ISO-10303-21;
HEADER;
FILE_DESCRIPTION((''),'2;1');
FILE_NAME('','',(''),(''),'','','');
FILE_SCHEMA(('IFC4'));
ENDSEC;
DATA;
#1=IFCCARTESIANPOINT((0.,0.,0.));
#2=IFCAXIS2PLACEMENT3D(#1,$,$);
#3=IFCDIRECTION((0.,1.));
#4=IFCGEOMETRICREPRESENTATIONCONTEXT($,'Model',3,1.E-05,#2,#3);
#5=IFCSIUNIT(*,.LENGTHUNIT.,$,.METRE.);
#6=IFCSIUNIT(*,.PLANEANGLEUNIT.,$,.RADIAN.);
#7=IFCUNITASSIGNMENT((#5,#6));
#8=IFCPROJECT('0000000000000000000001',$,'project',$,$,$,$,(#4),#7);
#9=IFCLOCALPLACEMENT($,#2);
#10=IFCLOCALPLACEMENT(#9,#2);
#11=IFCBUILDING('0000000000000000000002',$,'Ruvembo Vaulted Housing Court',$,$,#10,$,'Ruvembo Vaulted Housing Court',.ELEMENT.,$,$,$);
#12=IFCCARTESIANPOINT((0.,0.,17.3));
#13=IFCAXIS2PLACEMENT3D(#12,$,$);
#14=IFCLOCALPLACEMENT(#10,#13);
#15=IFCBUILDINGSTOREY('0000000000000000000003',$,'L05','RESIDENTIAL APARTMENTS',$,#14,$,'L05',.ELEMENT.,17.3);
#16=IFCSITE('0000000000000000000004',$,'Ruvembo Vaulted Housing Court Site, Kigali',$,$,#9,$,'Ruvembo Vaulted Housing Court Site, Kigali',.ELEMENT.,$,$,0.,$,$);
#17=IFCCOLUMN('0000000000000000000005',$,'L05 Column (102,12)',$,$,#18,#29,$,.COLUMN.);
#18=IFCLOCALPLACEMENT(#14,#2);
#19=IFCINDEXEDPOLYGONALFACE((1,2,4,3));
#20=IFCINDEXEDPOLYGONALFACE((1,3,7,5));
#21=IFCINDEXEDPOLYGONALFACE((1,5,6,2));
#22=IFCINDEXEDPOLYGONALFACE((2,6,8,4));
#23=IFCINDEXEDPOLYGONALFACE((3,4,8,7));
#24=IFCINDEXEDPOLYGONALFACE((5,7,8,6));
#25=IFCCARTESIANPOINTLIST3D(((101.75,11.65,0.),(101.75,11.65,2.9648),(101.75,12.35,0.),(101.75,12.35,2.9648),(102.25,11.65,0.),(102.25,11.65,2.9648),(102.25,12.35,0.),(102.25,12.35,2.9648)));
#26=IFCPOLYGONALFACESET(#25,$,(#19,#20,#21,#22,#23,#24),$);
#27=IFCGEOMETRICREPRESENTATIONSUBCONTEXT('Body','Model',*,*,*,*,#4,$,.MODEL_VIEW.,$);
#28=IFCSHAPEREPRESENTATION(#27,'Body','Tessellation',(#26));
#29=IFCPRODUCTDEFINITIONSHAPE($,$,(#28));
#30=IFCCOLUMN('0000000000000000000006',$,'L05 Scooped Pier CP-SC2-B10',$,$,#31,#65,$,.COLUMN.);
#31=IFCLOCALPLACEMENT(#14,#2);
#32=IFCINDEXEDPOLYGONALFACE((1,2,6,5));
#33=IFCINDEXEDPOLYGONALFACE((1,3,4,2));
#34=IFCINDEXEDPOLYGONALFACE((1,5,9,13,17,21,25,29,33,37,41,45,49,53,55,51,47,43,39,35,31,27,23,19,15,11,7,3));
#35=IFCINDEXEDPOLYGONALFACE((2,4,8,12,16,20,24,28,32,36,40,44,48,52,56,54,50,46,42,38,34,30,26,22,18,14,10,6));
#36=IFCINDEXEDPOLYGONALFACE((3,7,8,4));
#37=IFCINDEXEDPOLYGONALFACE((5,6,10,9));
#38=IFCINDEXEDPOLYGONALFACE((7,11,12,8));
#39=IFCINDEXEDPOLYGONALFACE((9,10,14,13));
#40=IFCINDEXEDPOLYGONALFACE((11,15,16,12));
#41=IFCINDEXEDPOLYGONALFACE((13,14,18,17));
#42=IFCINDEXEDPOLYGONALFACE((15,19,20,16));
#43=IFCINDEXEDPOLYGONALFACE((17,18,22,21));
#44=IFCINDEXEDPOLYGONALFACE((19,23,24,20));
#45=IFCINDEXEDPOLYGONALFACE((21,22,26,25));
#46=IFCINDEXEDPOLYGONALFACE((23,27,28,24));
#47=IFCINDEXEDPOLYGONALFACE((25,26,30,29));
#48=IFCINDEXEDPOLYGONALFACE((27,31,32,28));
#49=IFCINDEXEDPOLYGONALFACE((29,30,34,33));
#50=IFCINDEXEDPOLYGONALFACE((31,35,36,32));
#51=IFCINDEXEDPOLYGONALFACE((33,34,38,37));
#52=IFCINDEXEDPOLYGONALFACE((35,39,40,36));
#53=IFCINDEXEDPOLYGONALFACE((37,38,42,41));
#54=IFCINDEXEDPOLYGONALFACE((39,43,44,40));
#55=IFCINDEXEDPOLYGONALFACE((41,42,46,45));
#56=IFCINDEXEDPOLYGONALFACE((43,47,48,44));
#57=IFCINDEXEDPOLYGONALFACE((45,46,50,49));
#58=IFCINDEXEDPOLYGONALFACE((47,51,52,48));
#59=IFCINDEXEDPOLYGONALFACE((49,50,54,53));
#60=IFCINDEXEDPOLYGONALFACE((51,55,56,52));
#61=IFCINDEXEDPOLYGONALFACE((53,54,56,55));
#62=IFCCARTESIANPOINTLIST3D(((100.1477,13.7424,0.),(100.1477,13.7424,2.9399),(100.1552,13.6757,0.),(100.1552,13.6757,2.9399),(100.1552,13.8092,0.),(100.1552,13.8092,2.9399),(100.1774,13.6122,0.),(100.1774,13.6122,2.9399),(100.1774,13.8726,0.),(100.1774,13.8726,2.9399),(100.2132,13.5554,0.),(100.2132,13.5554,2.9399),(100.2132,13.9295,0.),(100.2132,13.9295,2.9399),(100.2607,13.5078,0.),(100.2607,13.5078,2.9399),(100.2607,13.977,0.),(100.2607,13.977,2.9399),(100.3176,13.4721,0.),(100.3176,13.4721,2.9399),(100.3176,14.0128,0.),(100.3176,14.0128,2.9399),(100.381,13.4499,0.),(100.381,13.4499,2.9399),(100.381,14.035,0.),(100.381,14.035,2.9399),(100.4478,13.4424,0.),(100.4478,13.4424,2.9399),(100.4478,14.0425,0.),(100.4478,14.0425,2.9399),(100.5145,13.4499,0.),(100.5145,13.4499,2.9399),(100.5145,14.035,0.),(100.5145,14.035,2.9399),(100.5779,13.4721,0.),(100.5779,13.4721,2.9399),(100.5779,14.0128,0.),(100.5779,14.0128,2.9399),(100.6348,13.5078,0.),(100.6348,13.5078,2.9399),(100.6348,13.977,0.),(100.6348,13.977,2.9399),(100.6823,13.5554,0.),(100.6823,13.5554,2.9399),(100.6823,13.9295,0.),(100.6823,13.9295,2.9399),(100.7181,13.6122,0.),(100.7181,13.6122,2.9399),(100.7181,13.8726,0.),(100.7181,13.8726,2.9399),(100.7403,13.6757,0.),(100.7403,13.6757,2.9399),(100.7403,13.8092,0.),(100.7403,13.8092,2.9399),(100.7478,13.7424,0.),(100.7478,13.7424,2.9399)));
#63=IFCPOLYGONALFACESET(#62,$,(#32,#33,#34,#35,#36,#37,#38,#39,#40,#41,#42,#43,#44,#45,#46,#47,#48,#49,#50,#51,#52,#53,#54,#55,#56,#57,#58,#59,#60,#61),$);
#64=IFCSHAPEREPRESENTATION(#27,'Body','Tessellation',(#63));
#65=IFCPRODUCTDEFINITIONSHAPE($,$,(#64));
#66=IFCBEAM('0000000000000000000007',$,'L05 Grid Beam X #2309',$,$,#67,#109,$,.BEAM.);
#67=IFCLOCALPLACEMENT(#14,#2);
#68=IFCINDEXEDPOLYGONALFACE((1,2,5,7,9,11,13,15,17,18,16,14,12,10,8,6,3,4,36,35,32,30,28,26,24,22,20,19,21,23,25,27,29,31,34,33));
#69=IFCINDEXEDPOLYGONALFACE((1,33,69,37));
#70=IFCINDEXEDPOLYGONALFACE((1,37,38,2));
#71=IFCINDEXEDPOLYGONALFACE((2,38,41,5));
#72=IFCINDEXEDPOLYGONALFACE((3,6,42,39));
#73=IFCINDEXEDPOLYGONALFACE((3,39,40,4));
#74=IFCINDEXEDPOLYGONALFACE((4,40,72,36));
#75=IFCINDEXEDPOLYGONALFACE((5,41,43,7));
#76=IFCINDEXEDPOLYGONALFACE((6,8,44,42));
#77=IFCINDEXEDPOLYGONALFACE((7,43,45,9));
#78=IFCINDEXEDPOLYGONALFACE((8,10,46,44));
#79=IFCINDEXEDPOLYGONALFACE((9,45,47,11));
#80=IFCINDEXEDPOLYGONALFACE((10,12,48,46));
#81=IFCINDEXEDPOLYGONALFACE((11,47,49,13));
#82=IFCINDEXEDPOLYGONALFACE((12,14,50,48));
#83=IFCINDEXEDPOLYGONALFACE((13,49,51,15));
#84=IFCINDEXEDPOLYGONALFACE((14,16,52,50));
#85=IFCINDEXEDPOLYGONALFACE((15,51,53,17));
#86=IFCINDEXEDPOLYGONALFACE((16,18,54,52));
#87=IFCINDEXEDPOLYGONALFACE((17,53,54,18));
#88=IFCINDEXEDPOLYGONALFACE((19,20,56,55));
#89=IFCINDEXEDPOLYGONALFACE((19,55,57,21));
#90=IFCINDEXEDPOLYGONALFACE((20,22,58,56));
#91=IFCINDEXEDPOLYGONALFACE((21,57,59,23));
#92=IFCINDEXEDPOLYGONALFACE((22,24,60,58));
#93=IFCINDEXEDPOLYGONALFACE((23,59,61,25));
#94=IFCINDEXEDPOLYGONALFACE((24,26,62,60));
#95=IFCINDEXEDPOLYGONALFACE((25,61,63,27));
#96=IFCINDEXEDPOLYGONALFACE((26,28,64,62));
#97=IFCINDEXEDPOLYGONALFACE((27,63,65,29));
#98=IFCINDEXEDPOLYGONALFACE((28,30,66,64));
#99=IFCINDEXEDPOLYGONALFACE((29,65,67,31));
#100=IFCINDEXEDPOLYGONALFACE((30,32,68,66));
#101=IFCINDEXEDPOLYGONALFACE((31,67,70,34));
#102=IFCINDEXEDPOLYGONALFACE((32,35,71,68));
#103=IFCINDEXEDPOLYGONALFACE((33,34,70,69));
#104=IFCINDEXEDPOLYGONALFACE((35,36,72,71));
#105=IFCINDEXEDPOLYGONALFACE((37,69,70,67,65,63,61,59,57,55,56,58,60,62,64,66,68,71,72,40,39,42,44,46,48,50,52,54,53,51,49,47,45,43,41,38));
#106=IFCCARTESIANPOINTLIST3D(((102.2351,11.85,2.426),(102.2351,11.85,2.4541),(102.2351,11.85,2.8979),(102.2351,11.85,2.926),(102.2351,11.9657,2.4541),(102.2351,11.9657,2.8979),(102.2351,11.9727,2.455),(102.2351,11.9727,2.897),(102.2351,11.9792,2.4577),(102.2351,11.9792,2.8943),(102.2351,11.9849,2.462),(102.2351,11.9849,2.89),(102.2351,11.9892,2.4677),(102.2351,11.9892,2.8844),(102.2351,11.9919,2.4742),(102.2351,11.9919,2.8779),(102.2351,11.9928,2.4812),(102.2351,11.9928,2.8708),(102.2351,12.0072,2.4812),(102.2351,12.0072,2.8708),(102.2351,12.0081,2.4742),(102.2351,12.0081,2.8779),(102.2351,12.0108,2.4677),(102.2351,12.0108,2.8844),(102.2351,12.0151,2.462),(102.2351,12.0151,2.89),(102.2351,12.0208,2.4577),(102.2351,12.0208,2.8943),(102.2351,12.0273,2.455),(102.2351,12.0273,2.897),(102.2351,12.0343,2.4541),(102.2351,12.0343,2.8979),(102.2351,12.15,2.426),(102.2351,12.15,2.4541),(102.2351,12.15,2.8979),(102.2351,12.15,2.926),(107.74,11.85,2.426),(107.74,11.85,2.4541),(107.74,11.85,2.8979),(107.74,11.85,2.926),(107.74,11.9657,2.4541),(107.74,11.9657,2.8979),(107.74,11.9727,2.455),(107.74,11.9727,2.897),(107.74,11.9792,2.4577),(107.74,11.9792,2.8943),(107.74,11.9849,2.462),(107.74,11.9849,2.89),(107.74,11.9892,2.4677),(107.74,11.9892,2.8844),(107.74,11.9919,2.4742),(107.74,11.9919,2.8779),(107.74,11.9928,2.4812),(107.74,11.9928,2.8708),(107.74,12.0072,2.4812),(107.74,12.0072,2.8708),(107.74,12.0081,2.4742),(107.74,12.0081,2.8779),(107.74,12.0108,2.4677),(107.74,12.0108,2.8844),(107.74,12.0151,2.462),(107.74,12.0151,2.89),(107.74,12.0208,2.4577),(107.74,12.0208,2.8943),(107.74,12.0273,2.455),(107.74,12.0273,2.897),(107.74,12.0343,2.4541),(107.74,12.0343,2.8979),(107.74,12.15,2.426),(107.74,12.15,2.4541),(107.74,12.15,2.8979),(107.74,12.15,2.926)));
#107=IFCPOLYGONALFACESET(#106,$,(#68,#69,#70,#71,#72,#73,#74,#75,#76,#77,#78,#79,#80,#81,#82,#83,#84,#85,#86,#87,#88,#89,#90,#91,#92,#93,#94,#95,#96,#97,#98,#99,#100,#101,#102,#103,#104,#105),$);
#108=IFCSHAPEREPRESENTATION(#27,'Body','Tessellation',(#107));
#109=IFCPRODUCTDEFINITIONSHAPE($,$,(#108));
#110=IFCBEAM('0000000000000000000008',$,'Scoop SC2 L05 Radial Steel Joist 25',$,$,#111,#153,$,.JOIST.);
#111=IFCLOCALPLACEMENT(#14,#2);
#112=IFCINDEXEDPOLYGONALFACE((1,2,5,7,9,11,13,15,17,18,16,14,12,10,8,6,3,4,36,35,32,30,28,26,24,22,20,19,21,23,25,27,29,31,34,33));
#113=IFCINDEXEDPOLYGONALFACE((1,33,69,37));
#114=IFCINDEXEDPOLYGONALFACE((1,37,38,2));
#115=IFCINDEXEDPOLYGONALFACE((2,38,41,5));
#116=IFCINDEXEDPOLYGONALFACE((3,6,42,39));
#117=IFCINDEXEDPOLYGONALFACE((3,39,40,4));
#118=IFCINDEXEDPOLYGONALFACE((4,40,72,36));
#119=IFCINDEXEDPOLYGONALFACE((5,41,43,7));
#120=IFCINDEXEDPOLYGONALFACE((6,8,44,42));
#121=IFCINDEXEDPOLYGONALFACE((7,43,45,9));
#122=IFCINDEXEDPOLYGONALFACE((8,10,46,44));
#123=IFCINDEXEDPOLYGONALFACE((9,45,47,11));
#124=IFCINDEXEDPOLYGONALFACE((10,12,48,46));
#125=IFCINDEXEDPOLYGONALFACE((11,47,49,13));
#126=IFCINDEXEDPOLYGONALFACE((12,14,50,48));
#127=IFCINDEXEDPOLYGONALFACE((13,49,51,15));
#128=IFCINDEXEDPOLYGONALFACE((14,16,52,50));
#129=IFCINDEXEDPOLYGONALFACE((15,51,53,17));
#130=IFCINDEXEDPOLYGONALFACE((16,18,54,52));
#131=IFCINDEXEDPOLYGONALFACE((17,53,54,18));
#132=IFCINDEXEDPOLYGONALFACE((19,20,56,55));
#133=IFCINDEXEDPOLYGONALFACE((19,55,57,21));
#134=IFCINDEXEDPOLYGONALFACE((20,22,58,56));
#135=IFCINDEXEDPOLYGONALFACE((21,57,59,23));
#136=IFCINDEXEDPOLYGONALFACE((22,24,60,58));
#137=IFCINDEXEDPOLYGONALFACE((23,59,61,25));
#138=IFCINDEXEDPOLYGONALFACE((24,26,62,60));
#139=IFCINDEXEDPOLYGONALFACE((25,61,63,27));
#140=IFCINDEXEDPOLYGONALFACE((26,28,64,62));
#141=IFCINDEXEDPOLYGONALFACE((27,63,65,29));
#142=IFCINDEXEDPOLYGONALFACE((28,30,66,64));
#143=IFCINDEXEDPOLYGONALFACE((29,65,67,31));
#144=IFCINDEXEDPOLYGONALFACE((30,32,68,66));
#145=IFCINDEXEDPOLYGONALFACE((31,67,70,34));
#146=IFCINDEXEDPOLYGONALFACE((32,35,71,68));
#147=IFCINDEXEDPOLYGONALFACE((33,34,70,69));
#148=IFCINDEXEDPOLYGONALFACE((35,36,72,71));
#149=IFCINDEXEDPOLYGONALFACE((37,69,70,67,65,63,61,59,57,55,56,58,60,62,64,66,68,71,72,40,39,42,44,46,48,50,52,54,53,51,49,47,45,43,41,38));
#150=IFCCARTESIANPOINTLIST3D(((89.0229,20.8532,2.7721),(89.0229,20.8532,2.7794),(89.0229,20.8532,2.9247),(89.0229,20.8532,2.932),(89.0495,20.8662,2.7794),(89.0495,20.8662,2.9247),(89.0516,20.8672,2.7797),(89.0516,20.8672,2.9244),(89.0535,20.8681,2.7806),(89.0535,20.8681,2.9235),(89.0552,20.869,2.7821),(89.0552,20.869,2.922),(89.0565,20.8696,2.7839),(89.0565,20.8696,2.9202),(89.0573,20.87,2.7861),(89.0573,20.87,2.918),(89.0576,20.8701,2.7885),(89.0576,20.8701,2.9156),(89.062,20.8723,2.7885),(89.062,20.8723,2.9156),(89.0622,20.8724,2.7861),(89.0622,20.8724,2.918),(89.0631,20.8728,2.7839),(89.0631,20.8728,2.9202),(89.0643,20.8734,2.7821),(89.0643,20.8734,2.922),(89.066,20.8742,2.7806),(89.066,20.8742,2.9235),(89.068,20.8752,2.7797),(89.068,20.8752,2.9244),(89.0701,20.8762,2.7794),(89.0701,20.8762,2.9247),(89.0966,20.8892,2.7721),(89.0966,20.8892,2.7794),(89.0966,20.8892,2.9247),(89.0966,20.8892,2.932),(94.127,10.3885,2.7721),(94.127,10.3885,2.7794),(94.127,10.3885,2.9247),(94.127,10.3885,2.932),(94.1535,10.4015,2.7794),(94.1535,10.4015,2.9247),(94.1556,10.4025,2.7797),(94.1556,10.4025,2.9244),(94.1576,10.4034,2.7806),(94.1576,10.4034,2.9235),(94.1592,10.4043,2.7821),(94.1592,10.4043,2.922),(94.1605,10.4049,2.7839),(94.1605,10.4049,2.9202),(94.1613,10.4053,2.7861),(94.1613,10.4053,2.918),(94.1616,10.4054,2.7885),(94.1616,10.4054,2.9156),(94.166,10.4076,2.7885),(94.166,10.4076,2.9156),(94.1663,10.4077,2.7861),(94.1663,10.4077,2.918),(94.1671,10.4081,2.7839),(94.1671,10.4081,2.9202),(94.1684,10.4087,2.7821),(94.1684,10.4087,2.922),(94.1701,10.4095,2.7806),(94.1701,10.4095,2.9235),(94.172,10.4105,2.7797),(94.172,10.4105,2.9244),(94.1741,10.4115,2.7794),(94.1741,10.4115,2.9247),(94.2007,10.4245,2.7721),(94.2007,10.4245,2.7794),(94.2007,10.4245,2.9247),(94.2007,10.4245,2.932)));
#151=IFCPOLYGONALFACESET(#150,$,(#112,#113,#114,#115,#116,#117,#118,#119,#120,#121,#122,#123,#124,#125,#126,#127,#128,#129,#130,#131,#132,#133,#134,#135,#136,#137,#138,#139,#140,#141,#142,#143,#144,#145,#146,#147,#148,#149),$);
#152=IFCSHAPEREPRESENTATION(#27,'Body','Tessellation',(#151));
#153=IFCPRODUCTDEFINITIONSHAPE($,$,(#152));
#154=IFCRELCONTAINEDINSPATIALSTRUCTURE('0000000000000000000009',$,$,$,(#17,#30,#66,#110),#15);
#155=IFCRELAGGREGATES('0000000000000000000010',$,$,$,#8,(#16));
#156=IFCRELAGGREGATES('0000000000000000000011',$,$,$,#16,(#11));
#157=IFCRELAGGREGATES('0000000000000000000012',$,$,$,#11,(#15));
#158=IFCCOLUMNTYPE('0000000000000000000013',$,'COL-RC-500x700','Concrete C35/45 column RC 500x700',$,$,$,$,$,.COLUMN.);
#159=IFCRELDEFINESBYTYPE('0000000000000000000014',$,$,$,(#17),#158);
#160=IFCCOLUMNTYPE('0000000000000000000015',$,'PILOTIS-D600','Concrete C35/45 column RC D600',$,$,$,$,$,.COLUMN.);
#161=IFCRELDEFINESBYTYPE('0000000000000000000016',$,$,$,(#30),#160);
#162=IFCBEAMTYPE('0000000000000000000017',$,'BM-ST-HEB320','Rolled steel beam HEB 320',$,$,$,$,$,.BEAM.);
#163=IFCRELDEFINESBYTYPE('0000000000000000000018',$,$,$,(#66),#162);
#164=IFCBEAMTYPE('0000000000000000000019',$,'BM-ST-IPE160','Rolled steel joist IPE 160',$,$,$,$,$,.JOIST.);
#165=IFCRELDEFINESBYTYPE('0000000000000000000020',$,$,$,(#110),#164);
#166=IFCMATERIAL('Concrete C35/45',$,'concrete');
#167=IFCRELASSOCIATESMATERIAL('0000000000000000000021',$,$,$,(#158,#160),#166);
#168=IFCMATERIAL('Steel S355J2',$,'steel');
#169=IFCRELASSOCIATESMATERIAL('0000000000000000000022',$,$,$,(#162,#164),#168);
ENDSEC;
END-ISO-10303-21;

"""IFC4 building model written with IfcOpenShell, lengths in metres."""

from ifc_helpers import new_model, si_unit, direction, frame, origin, origin_2d, place, context, subcontext, project, spatial, rectangle, circle, i_section, extrude, material, material_profile, profile_set, type_object, element, save


model = new_model("IFC4")

# Units and contexts
model_context = context("Model", 3, precision=1e-05, world=origin(), true_north=direction((0.0, 1.0)))
body_context = subcontext(model_context, "Body", "Model", "MODEL_VIEW")
ifc_project = project(units=[si_unit("LENGTHUNIT", "METRE"), si_unit("PLANEANGLEUNIT", "RADIAN")], contexts=[model_context])

# Site, building, storey
site_placement = place(None, origin())
site = spatial("IfcSite", under=ifc_project, at=site_placement, Name="Ruvembo Vaulted Housing Court Site, Kigali", LongName="Ruvembo Vaulted Housing Court Site, Kigali", CompositionType="ELEMENT", RefElevation=0.0)
building_placement = place(site_placement, origin())
building = spatial("IfcBuilding", under=site, at=building_placement, Name="Ruvembo Vaulted Housing Court", LongName="Ruvembo Vaulted Housing Court", CompositionType="ELEMENT")
storey_placement = place(building_placement, frame((0.0, 0.0, 17.3)))
storey = spatial("IfcBuildingStorey", under=building, at=storey_placement, Name="L05", Description="RESIDENTIAL APARTMENTS", LongName="L05", CompositionType="ELEMENT", Elevation=17.3)

# Columns
ifc_material_1 = material(Name="Concrete C35/45", Category="concrete")
ifc_material_profile_1 = material_profile(ifc_material_1, rectangle(XDim=0.5, YDim=0.7, at=origin_2d()), Name="RC 500x700")
ifc_profile_set_1 = profile_set([ifc_material_profile_1], Name="Concrete C35/45")
column_type_1 = type_object("IfcColumnType", Name="COL-RC-500x700", Description="Concrete C35/45 column RC 500x700", PredefinedType="COLUMN", material=ifc_profile_set_1)
column_1_placement = place(storey_placement, frame((102.0, 12.0, 0.0), z_axis=(0.0, 0.0, 1.0), x_axis=(1.0, 0.0, 0.0)))
element("IfcColumn", 1, at=column_1_placement, inside=storey, type_object=column_type_1, Name="L05 Column (102,12)", PredefinedType="COLUMN", context=body_context, shape_type="SweptSolid", body=[
    extrude(rectangle(XDim=0.5, YDim=0.7, at=origin_2d()), origin(), (0.0, 0.0, 1.0), 2.9648),
])
ifc_material_profile_2 = material_profile(ifc_material_1, circle(Radius=0.3, at=origin_2d()), Name="RC D600")
ifc_profile_set_2 = profile_set([ifc_material_profile_2], Name="Concrete C35/45")
column_type_2 = type_object("IfcColumnType", Name="PILOTIS-D600", Description="Concrete C35/45 column RC D600", PredefinedType="COLUMN", material=ifc_profile_set_2)
column_2_placement = place(storey_placement, frame((100.4478, 13.7424, 0.0), z_axis=(0.0, 0.0, 1.0), x_axis=(1.0, 0.0, 0.0)))
element("IfcColumn", 2, at=column_2_placement, inside=storey, type_object=column_type_2, Name="L05 Scooped Pier CP-SC2-B10", PredefinedType="COLUMN", context=body_context, shape_type="SweptSolid", body=[
    extrude(circle(Radius=0.3, at=origin_2d()), origin(), (0.0, 0.0, 1.0), 2.9399),
])

# Beams
ifc_material_2 = material(Name="Steel S355J2", Category="steel")
ifc_material_profile_3 = material_profile(ifc_material_2, i_section(OverallWidth=0.3, OverallDepth=0.5, WebThickness=0.0144, FlangeThickness=0.0281, FilletRadius=0.0271, at=origin_2d()), Name="HEB 320")
ifc_profile_set_3 = profile_set([ifc_material_profile_3], Name="Steel S355J2")
beam_type_1 = type_object("IfcBeamType", Name="BM-ST-HEB320", Description="Rolled steel beam HEB 320", PredefinedType="BEAM", material=ifc_profile_set_3)
beam_1_placement = place(storey_placement, frame((102.2351, 12.0, 2.676), z_axis=(1.0, 0.0, 0.0), x_axis=(0.0, 1.0, 0.0)))
element("IfcBeam", 3, at=beam_1_placement, inside=storey, type_object=beam_type_1, Name="L05 Grid Beam X #2309", PredefinedType="BEAM", context=body_context, shape_type="SweptSolid", body=[
    extrude(i_section(OverallWidth=0.3, OverallDepth=0.5, WebThickness=0.0144, FlangeThickness=0.0281, FilletRadius=0.0271, at=origin_2d()), origin(), (0.0, 0.0, 1.0), 5.5049),
])
ifc_material_profile_4 = material_profile(ifc_material_2, i_section(OverallWidth=0.082, OverallDepth=0.1599, WebThickness=0.0049, FlangeThickness=0.0073, FilletRadius=0.009, at=origin_2d()), Name="IPE 160")
ifc_profile_set_4 = profile_set([ifc_material_profile_4], Name="Steel S355J2")
beam_type_2 = type_object("IfcBeamType", Name="BM-ST-IPE160", Description="Rolled steel joist IPE 160", PredefinedType="JOIST", material=ifc_profile_set_4)
beam_2_placement = place(storey_placement, frame((94.1638, 10.4065, 2.8521), z_axis=(-0.438377, 0.898791, 0.0), x_axis=(-0.898791, -0.438377, 0.0)))
element("IfcBeam", 4, at=beam_2_placement, inside=storey, type_object=beam_type_2, Name="Scoop SC2 L05 Radial Steel Joist 25", PredefinedType="JOIST", context=body_context, shape_type="SweptSolid", body=[
    extrude(i_section(OverallWidth=0.082, OverallDepth=0.1599, WebThickness=0.0049, FlangeThickness=0.0073, FilletRadius=0.009, at=origin_2d()), origin(), (0.0, 0.0, 1.0), 11.6431),
])

save(model, "model.ifc")
